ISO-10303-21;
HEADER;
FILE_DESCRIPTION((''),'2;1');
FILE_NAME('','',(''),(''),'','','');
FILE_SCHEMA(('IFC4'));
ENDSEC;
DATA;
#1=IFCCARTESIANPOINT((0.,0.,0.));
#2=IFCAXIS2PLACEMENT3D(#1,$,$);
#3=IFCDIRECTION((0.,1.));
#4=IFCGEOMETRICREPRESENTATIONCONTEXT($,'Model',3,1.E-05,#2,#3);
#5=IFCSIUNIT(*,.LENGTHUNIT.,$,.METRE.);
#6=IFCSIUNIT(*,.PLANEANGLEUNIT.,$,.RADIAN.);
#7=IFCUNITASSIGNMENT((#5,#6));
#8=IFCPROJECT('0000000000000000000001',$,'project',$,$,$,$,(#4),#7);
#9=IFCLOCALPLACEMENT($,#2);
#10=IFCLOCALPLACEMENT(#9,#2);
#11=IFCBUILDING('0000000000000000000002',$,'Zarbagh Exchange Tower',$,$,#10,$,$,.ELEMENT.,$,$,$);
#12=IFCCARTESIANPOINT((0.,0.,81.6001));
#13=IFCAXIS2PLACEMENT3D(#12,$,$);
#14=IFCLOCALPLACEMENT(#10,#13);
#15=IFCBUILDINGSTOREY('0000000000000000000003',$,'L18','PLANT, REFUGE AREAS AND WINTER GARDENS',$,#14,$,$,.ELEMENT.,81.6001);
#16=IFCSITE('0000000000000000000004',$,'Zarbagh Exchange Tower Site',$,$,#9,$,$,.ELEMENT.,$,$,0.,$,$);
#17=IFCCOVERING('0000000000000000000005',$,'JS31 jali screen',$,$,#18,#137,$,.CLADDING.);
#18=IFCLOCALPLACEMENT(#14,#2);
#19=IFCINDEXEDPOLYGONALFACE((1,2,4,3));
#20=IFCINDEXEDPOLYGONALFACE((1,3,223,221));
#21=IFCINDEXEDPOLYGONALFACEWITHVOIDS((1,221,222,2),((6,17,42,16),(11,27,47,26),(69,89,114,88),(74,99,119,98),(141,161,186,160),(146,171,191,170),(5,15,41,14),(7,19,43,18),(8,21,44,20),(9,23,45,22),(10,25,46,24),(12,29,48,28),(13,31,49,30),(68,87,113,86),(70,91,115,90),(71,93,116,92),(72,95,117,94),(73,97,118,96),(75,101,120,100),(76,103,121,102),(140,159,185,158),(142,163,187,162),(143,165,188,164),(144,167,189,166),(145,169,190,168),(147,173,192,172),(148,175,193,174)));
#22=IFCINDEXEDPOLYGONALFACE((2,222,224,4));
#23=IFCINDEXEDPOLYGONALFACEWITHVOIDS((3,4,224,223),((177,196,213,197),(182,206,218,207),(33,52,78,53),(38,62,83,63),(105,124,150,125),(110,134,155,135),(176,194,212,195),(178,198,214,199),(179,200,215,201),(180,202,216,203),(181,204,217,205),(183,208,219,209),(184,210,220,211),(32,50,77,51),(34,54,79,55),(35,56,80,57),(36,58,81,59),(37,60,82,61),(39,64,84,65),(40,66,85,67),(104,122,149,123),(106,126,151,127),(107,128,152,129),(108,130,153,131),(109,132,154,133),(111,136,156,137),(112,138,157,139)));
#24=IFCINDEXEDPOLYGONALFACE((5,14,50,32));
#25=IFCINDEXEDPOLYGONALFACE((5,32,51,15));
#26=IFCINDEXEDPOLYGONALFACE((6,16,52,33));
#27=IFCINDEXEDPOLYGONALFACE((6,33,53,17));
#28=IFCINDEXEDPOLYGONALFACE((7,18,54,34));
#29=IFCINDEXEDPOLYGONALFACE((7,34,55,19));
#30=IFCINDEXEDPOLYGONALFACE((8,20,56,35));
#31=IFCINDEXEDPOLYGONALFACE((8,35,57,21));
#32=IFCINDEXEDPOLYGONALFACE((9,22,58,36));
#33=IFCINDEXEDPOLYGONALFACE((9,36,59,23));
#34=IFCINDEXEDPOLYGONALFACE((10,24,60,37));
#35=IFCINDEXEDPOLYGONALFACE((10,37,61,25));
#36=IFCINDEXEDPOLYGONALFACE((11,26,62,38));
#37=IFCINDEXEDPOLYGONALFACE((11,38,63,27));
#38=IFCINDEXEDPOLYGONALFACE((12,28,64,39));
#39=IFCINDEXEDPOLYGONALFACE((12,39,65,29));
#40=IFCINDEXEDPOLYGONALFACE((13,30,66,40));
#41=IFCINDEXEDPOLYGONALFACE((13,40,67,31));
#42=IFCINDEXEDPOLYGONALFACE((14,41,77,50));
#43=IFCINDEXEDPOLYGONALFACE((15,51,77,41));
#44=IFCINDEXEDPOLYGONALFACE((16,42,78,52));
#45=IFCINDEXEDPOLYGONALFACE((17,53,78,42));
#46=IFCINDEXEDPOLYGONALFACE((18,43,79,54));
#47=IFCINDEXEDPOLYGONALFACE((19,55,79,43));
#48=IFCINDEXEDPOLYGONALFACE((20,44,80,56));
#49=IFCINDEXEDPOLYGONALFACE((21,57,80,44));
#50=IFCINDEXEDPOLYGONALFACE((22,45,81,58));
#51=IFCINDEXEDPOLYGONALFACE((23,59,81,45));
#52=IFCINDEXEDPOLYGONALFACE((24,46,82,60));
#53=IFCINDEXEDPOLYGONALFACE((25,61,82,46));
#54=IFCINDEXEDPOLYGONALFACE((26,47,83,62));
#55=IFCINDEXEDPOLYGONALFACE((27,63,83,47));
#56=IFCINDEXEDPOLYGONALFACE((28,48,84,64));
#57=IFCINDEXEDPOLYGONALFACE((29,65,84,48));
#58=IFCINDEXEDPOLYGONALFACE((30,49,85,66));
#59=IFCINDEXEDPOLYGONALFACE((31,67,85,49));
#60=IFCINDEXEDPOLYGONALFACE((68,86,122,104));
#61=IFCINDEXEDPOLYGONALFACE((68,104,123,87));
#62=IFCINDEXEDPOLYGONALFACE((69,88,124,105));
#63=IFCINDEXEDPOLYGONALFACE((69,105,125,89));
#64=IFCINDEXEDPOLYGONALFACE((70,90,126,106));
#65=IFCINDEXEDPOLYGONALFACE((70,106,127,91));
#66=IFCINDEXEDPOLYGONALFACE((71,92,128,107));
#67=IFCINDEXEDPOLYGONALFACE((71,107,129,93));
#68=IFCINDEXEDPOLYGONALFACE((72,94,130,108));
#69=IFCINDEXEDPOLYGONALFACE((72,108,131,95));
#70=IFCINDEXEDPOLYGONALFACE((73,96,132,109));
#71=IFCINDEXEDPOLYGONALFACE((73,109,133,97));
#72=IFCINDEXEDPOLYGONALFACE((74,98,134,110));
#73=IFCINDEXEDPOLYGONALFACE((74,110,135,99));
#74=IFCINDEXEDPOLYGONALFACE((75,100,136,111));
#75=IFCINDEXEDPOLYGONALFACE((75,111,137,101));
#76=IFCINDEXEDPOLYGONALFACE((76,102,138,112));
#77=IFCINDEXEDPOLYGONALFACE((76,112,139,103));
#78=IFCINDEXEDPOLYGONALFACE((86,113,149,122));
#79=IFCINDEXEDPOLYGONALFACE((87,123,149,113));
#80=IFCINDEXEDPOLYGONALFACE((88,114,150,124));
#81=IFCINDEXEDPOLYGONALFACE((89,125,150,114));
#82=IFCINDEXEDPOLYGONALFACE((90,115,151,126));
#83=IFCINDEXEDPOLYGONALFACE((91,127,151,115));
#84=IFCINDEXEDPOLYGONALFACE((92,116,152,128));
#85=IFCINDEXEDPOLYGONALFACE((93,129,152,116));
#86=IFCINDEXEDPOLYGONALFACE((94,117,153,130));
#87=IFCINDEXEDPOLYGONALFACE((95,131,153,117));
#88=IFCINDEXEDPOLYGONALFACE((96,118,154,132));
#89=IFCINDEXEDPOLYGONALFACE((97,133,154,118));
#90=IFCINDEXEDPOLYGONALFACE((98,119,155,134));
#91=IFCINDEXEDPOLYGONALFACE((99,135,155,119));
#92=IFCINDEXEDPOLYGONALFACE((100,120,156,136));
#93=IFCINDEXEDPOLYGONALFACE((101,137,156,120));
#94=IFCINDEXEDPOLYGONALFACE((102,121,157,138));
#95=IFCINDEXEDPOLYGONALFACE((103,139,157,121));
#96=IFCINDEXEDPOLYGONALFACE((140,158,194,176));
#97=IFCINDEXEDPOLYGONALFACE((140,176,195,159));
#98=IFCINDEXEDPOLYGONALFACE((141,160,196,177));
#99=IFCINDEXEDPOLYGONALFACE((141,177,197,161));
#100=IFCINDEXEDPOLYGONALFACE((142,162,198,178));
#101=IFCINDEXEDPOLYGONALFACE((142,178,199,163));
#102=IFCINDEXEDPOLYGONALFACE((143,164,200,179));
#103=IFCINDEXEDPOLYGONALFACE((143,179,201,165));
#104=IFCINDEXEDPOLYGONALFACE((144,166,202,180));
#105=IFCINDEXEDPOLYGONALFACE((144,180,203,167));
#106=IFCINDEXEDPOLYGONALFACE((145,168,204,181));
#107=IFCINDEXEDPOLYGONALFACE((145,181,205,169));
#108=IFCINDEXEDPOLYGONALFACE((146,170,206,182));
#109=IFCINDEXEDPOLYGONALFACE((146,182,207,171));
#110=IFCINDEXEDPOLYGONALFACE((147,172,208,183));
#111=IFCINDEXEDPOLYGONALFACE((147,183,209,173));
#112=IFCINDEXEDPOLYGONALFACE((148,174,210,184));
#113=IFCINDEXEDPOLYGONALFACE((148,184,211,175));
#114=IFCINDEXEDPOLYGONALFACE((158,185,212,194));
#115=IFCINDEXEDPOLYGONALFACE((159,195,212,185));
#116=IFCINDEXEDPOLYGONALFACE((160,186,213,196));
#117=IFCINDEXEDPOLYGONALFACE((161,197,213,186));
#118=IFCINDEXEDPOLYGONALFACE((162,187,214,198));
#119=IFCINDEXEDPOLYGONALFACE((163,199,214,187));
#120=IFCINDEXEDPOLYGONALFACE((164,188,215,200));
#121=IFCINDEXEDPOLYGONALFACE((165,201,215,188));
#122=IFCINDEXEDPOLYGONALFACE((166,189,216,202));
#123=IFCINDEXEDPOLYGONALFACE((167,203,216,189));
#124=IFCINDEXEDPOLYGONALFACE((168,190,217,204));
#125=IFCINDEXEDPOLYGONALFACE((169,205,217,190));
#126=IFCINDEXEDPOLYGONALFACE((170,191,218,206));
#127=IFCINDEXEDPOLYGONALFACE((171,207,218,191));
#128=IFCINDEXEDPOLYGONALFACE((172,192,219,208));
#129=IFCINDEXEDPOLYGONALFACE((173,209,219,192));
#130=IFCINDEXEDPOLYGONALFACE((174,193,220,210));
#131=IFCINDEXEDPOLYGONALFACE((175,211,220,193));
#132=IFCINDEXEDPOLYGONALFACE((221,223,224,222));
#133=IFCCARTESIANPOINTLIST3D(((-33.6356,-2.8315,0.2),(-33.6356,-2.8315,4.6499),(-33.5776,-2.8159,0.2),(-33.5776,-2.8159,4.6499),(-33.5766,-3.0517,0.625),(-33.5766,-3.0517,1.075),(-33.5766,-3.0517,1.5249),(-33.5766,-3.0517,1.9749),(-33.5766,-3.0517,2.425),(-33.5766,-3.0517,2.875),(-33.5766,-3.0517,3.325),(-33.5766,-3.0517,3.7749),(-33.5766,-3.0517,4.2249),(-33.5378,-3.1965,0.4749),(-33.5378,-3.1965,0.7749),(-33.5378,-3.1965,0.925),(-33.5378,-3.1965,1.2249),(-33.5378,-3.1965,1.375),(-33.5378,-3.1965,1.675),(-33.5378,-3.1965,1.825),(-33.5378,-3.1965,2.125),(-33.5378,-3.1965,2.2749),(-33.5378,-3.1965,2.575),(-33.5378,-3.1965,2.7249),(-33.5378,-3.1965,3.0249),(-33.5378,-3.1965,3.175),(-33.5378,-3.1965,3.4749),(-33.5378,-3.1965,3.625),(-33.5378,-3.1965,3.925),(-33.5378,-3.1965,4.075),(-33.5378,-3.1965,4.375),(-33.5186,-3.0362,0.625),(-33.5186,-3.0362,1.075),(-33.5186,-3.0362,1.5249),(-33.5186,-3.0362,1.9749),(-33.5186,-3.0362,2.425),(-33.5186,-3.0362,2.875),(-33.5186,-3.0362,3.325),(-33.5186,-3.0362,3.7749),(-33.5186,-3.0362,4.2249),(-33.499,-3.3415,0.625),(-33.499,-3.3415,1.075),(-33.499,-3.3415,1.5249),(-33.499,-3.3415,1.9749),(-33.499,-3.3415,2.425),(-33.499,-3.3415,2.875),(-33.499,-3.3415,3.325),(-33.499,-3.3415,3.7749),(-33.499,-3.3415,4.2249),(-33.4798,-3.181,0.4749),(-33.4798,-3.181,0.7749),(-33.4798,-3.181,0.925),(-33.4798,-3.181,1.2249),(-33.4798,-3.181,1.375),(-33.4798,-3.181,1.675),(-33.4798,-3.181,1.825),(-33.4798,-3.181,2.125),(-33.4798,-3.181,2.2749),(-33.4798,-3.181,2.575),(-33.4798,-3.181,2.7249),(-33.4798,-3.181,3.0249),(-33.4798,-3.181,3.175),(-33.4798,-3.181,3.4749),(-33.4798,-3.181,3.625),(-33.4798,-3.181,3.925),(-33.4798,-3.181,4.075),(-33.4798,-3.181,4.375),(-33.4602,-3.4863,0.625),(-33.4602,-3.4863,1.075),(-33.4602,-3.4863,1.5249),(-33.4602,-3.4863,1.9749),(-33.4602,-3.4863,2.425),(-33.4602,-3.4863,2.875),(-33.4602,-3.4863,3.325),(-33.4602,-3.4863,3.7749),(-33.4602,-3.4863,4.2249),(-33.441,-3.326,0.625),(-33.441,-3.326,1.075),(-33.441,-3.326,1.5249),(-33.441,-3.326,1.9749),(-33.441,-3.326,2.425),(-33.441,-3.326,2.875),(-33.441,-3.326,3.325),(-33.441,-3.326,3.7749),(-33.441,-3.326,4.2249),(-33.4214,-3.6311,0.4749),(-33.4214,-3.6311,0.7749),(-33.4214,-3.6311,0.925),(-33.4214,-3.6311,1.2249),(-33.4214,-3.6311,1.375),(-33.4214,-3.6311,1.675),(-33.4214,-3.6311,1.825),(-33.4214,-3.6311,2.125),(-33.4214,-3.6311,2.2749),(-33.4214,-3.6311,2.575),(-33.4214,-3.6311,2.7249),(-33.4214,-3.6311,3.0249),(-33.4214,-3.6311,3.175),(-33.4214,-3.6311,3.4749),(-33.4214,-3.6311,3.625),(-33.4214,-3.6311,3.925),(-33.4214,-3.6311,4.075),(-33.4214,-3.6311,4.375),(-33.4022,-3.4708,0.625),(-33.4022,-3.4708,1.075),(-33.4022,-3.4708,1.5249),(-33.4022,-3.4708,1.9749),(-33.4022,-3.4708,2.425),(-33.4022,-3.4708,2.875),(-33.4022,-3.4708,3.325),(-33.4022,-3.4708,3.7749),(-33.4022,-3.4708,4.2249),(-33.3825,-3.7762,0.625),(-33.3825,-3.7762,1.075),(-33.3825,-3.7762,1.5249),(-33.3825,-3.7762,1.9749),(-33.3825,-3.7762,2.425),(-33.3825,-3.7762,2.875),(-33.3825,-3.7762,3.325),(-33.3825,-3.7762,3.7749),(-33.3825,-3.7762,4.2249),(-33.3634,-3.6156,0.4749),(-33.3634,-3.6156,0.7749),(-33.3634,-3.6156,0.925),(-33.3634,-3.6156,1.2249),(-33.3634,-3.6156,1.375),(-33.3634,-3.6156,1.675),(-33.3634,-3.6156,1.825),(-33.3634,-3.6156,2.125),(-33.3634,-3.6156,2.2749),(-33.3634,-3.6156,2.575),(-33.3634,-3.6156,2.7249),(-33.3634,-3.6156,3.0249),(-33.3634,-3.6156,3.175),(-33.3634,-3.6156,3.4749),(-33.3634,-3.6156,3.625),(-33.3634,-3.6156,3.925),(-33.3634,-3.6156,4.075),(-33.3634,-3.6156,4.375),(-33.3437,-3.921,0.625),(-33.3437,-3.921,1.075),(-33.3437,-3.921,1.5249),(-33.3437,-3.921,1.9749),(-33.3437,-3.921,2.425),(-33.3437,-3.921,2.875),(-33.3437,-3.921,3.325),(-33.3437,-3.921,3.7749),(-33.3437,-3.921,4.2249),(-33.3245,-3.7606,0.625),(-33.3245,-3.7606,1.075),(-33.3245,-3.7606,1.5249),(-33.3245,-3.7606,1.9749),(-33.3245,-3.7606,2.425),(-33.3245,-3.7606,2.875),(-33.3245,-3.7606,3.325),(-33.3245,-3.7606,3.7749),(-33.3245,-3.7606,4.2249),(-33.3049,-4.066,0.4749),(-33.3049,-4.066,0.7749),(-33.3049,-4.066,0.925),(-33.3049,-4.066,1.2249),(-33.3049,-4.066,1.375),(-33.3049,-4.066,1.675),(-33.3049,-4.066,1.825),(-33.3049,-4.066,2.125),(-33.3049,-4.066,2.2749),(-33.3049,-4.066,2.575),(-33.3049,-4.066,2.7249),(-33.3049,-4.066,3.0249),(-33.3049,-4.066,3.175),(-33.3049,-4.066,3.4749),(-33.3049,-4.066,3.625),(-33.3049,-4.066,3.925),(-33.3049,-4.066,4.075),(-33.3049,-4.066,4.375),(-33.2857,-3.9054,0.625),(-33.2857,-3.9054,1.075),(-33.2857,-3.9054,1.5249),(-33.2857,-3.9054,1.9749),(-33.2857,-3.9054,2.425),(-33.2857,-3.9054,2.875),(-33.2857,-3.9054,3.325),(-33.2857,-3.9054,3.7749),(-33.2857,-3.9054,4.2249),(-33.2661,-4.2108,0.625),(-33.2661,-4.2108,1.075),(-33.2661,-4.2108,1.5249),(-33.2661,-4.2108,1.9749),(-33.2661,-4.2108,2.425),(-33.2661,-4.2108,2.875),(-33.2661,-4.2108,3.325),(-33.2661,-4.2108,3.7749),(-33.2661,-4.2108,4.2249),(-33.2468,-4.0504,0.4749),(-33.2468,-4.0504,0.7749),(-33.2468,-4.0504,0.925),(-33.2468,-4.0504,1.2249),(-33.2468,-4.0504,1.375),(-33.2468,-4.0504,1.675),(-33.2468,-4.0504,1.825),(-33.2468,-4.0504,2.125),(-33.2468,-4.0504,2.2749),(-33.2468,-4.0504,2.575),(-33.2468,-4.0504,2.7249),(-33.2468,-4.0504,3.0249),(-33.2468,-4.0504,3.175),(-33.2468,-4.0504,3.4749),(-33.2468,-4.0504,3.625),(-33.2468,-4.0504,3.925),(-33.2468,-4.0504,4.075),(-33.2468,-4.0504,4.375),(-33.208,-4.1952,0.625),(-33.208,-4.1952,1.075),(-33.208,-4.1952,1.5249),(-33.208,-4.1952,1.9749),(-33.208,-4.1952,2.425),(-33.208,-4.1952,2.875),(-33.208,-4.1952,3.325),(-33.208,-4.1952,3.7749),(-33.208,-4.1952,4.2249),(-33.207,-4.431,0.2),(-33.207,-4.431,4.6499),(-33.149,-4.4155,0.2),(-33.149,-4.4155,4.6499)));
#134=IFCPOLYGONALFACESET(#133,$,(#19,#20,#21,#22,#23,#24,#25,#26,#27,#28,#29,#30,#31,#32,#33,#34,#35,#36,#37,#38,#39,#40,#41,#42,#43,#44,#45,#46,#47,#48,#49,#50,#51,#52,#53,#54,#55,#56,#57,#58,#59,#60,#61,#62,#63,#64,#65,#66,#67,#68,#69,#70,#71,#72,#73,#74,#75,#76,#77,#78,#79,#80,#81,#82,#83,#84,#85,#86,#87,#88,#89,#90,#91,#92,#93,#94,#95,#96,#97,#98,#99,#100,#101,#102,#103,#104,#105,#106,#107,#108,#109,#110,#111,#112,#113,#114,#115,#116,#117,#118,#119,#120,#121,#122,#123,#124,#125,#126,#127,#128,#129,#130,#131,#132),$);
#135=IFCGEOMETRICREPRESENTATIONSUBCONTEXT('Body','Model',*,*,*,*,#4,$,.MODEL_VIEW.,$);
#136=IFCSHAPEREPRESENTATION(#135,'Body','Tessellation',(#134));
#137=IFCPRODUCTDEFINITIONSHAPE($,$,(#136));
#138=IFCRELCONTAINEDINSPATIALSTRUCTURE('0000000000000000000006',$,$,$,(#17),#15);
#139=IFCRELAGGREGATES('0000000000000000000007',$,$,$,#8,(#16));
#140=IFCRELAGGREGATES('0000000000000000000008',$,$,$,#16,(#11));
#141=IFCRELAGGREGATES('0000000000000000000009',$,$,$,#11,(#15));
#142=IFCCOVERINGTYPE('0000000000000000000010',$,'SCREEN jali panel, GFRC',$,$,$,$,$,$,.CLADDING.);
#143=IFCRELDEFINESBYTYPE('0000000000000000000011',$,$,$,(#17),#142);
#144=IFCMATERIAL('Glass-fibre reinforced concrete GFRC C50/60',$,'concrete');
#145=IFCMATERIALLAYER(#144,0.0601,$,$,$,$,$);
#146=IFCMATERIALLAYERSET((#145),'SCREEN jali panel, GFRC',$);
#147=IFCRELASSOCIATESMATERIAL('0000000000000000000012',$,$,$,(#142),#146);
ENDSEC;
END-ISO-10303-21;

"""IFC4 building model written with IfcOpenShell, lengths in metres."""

from ifc_helpers import new_model, si_unit, direction, frame, origin, place, context, subcontext, project, spatial, polyline, outline, extrude, source, transform, mapped, material, layer, layer_set, type_object, element, save


model = new_model("IFC4")

# Units and contexts
model_context = context("Model", 3, precision=1e-05, world=origin(), true_north=direction((0.0, 1.0)))
body_context = subcontext(model_context, "Body", "Model", "MODEL_VIEW")
ifc_project = project(units=[si_unit("LENGTHUNIT", "METRE"), si_unit("PLANEANGLEUNIT", "RADIAN")], contexts=[model_context])

# Site, building, storey
site_placement = place(None, origin())
site = spatial("IfcSite", under=ifc_project, at=site_placement, Name="Zarbagh Exchange Tower Site", CompositionType="ELEMENT", RefElevation=0.0)
building_placement = place(site_placement, origin())
building = spatial("IfcBuilding", under=site, at=building_placement, Name="Zarbagh Exchange Tower", CompositionType="ELEMENT")
storey_placement = place(building_placement, frame((0.0, 0.0, 81.6001)))
storey = spatial("IfcBuildingStorey", under=building, at=storey_placement, Name="L18", Description="PLANT, REFUGE AREAS AND WINTER GARDENS", CompositionType="ELEMENT", Elevation=81.6001)

# Covering
ifc_material_1 = material(Name="Glass-fibre reinforced concrete GFRC C50/60", Category="concrete")
ifc_layer_1 = layer(ifc_material_1, 0.0601)
ifc_layer_set_1 = layer_set([ifc_layer_1], Name="SCREEN jali panel, GFRC")
covering_type = type_object("IfcCoveringType", Name="SCREEN jali panel, GFRC", PredefinedType="CLADDING", material=ifc_layer_set_1)
shared_shape_1 = source(origin(), body_context, "Body", "SweptSolid", [
    extrude(outline(polyline([(0.0, 0.0), (1.656, 0.0), (1.656, 4.45), (0.0, 4.45), (0.0, 0.0)]), holes=[polyline([(0.228, 0.425), (0.3779, 0.2749), (0.5281, 0.425), (0.3779, 0.575), (0.228, 0.425)]), polyline([(0.228, 0.875), (0.3779, 0.7251), (0.5281, 0.875), (0.3779, 1.0249), (0.228, 0.875)]), polyline([(0.228, 1.325), (0.3779, 1.175), (0.5281, 1.325), (0.3779, 1.4751), (0.228, 1.325)]), polyline([(0.228, 1.7749), (0.3779, 1.625), (0.5281, 1.7749), (0.3779, 1.925), (0.228, 1.7749)]), polyline([(0.228, 2.2251), (0.3779, 2.075), (0.5281, 2.2251), (0.3779, 2.375), (0.228, 2.2251)]), polyline([(0.228, 2.675), (0.3779, 2.5249), (0.5281, 2.675), (0.3779, 2.825), (0.228, 2.675)]), polyline([(0.228, 3.125), (0.3779, 2.9751), (0.5281, 3.125), (0.3779, 3.2749), (0.228, 3.125)]), polyline([(0.228, 3.575), (0.3779, 3.425), (0.5281, 3.575), (0.3779, 3.7251), (0.228, 3.575)]), polyline([(0.228, 4.0249), (0.3779, 3.875), (0.5281, 4.0249), (0.3779, 4.175), (0.228, 4.0249)]), polyline([(0.678, 0.425), (0.8279, 0.2749), (0.978, 0.425), (0.8279, 0.575), (0.678, 0.425)]), polyline([(0.678, 0.875), (0.8279, 0.7251), (0.978, 0.875), (0.8279, 1.0249), (0.678, 0.875)]), polyline([(0.678, 1.325), (0.8279, 1.175), (0.978, 1.325), (0.8279, 1.4751), (0.678, 1.325)]), polyline([(0.678, 1.7749), (0.8279, 1.625), (0.978, 1.7749), (0.8279, 1.925), (0.678, 1.7749)]), polyline([(0.678, 2.2251), (0.8279, 2.075), (0.978, 2.2251), (0.8279, 2.375), (0.678, 2.2251)]), polyline([(0.678, 2.675), (0.8279, 2.5249), (0.978, 2.675), (0.8279, 2.825), (0.678, 2.675)]), polyline([(0.678, 3.125), (0.8279, 2.9751), (0.978, 3.125), (0.8279, 3.2749), (0.678, 3.125)]), polyline([(0.678, 3.575), (0.8279, 3.425), (0.978, 3.575), (0.8279, 3.7251), (0.678, 3.575)]), polyline([(0.678, 4.0249), (0.8279, 3.875), (0.978, 4.0249), (0.8279, 4.175), (0.678, 4.0249)]), polyline([(1.1279, 0.425), (1.2781, 0.2749), (1.428, 0.425), (1.2781, 0.575), (1.1279, 0.425)]), polyline([(1.1279, 0.875), (1.2781, 0.7251), (1.428, 0.875), (1.2781, 1.0249), (1.1279, 0.875)]), polyline([(1.1279, 1.325), (1.2781, 1.175), (1.428, 1.325), (1.2781, 1.4751), (1.1279, 1.325)]), polyline([(1.1279, 1.7749), (1.2781, 1.625), (1.428, 1.7749), (1.2781, 1.925), (1.1279, 1.7749)]), polyline([(1.1279, 2.2251), (1.2781, 2.075), (1.428, 2.2251), (1.2781, 2.375), (1.1279, 2.2251)]), polyline([(1.1279, 2.675), (1.2781, 2.5249), (1.428, 2.675), (1.2781, 2.825), (1.1279, 2.675)]), polyline([(1.1279, 3.125), (1.2781, 2.9751), (1.428, 3.125), (1.2781, 3.2749), (1.1279, 3.125)]), polyline([(1.1279, 3.575), (1.2781, 3.425), (1.428, 3.575), (1.2781, 3.7251), (1.1279, 3.575)]), polyline([(1.1279, 4.0249), (1.2781, 3.875), (1.428, 4.0249), (1.2781, 4.175), (1.1279, 4.0249)])]), origin(), (0.0, 0.0, 1.0), 0.0601),
])
placement = place(storey_placement, origin())
element("IfcCovering", 1, at=placement, inside=storey, type_object=covering_type, Name="JS31 jali screen", PredefinedType="CLADDING", context=body_context, shape_type="MappedRepresentation", body=[
    mapped(shared_shape_1, transform((-33.5776, -2.8159, 0.2), x_axis=(0.258825, -0.965924, 0.0), y_axis=(0.0, 0.0, 1.0), z_axis=(-0.965924, -0.258825, 0.0))),
])

save(model, "model.ifc")
